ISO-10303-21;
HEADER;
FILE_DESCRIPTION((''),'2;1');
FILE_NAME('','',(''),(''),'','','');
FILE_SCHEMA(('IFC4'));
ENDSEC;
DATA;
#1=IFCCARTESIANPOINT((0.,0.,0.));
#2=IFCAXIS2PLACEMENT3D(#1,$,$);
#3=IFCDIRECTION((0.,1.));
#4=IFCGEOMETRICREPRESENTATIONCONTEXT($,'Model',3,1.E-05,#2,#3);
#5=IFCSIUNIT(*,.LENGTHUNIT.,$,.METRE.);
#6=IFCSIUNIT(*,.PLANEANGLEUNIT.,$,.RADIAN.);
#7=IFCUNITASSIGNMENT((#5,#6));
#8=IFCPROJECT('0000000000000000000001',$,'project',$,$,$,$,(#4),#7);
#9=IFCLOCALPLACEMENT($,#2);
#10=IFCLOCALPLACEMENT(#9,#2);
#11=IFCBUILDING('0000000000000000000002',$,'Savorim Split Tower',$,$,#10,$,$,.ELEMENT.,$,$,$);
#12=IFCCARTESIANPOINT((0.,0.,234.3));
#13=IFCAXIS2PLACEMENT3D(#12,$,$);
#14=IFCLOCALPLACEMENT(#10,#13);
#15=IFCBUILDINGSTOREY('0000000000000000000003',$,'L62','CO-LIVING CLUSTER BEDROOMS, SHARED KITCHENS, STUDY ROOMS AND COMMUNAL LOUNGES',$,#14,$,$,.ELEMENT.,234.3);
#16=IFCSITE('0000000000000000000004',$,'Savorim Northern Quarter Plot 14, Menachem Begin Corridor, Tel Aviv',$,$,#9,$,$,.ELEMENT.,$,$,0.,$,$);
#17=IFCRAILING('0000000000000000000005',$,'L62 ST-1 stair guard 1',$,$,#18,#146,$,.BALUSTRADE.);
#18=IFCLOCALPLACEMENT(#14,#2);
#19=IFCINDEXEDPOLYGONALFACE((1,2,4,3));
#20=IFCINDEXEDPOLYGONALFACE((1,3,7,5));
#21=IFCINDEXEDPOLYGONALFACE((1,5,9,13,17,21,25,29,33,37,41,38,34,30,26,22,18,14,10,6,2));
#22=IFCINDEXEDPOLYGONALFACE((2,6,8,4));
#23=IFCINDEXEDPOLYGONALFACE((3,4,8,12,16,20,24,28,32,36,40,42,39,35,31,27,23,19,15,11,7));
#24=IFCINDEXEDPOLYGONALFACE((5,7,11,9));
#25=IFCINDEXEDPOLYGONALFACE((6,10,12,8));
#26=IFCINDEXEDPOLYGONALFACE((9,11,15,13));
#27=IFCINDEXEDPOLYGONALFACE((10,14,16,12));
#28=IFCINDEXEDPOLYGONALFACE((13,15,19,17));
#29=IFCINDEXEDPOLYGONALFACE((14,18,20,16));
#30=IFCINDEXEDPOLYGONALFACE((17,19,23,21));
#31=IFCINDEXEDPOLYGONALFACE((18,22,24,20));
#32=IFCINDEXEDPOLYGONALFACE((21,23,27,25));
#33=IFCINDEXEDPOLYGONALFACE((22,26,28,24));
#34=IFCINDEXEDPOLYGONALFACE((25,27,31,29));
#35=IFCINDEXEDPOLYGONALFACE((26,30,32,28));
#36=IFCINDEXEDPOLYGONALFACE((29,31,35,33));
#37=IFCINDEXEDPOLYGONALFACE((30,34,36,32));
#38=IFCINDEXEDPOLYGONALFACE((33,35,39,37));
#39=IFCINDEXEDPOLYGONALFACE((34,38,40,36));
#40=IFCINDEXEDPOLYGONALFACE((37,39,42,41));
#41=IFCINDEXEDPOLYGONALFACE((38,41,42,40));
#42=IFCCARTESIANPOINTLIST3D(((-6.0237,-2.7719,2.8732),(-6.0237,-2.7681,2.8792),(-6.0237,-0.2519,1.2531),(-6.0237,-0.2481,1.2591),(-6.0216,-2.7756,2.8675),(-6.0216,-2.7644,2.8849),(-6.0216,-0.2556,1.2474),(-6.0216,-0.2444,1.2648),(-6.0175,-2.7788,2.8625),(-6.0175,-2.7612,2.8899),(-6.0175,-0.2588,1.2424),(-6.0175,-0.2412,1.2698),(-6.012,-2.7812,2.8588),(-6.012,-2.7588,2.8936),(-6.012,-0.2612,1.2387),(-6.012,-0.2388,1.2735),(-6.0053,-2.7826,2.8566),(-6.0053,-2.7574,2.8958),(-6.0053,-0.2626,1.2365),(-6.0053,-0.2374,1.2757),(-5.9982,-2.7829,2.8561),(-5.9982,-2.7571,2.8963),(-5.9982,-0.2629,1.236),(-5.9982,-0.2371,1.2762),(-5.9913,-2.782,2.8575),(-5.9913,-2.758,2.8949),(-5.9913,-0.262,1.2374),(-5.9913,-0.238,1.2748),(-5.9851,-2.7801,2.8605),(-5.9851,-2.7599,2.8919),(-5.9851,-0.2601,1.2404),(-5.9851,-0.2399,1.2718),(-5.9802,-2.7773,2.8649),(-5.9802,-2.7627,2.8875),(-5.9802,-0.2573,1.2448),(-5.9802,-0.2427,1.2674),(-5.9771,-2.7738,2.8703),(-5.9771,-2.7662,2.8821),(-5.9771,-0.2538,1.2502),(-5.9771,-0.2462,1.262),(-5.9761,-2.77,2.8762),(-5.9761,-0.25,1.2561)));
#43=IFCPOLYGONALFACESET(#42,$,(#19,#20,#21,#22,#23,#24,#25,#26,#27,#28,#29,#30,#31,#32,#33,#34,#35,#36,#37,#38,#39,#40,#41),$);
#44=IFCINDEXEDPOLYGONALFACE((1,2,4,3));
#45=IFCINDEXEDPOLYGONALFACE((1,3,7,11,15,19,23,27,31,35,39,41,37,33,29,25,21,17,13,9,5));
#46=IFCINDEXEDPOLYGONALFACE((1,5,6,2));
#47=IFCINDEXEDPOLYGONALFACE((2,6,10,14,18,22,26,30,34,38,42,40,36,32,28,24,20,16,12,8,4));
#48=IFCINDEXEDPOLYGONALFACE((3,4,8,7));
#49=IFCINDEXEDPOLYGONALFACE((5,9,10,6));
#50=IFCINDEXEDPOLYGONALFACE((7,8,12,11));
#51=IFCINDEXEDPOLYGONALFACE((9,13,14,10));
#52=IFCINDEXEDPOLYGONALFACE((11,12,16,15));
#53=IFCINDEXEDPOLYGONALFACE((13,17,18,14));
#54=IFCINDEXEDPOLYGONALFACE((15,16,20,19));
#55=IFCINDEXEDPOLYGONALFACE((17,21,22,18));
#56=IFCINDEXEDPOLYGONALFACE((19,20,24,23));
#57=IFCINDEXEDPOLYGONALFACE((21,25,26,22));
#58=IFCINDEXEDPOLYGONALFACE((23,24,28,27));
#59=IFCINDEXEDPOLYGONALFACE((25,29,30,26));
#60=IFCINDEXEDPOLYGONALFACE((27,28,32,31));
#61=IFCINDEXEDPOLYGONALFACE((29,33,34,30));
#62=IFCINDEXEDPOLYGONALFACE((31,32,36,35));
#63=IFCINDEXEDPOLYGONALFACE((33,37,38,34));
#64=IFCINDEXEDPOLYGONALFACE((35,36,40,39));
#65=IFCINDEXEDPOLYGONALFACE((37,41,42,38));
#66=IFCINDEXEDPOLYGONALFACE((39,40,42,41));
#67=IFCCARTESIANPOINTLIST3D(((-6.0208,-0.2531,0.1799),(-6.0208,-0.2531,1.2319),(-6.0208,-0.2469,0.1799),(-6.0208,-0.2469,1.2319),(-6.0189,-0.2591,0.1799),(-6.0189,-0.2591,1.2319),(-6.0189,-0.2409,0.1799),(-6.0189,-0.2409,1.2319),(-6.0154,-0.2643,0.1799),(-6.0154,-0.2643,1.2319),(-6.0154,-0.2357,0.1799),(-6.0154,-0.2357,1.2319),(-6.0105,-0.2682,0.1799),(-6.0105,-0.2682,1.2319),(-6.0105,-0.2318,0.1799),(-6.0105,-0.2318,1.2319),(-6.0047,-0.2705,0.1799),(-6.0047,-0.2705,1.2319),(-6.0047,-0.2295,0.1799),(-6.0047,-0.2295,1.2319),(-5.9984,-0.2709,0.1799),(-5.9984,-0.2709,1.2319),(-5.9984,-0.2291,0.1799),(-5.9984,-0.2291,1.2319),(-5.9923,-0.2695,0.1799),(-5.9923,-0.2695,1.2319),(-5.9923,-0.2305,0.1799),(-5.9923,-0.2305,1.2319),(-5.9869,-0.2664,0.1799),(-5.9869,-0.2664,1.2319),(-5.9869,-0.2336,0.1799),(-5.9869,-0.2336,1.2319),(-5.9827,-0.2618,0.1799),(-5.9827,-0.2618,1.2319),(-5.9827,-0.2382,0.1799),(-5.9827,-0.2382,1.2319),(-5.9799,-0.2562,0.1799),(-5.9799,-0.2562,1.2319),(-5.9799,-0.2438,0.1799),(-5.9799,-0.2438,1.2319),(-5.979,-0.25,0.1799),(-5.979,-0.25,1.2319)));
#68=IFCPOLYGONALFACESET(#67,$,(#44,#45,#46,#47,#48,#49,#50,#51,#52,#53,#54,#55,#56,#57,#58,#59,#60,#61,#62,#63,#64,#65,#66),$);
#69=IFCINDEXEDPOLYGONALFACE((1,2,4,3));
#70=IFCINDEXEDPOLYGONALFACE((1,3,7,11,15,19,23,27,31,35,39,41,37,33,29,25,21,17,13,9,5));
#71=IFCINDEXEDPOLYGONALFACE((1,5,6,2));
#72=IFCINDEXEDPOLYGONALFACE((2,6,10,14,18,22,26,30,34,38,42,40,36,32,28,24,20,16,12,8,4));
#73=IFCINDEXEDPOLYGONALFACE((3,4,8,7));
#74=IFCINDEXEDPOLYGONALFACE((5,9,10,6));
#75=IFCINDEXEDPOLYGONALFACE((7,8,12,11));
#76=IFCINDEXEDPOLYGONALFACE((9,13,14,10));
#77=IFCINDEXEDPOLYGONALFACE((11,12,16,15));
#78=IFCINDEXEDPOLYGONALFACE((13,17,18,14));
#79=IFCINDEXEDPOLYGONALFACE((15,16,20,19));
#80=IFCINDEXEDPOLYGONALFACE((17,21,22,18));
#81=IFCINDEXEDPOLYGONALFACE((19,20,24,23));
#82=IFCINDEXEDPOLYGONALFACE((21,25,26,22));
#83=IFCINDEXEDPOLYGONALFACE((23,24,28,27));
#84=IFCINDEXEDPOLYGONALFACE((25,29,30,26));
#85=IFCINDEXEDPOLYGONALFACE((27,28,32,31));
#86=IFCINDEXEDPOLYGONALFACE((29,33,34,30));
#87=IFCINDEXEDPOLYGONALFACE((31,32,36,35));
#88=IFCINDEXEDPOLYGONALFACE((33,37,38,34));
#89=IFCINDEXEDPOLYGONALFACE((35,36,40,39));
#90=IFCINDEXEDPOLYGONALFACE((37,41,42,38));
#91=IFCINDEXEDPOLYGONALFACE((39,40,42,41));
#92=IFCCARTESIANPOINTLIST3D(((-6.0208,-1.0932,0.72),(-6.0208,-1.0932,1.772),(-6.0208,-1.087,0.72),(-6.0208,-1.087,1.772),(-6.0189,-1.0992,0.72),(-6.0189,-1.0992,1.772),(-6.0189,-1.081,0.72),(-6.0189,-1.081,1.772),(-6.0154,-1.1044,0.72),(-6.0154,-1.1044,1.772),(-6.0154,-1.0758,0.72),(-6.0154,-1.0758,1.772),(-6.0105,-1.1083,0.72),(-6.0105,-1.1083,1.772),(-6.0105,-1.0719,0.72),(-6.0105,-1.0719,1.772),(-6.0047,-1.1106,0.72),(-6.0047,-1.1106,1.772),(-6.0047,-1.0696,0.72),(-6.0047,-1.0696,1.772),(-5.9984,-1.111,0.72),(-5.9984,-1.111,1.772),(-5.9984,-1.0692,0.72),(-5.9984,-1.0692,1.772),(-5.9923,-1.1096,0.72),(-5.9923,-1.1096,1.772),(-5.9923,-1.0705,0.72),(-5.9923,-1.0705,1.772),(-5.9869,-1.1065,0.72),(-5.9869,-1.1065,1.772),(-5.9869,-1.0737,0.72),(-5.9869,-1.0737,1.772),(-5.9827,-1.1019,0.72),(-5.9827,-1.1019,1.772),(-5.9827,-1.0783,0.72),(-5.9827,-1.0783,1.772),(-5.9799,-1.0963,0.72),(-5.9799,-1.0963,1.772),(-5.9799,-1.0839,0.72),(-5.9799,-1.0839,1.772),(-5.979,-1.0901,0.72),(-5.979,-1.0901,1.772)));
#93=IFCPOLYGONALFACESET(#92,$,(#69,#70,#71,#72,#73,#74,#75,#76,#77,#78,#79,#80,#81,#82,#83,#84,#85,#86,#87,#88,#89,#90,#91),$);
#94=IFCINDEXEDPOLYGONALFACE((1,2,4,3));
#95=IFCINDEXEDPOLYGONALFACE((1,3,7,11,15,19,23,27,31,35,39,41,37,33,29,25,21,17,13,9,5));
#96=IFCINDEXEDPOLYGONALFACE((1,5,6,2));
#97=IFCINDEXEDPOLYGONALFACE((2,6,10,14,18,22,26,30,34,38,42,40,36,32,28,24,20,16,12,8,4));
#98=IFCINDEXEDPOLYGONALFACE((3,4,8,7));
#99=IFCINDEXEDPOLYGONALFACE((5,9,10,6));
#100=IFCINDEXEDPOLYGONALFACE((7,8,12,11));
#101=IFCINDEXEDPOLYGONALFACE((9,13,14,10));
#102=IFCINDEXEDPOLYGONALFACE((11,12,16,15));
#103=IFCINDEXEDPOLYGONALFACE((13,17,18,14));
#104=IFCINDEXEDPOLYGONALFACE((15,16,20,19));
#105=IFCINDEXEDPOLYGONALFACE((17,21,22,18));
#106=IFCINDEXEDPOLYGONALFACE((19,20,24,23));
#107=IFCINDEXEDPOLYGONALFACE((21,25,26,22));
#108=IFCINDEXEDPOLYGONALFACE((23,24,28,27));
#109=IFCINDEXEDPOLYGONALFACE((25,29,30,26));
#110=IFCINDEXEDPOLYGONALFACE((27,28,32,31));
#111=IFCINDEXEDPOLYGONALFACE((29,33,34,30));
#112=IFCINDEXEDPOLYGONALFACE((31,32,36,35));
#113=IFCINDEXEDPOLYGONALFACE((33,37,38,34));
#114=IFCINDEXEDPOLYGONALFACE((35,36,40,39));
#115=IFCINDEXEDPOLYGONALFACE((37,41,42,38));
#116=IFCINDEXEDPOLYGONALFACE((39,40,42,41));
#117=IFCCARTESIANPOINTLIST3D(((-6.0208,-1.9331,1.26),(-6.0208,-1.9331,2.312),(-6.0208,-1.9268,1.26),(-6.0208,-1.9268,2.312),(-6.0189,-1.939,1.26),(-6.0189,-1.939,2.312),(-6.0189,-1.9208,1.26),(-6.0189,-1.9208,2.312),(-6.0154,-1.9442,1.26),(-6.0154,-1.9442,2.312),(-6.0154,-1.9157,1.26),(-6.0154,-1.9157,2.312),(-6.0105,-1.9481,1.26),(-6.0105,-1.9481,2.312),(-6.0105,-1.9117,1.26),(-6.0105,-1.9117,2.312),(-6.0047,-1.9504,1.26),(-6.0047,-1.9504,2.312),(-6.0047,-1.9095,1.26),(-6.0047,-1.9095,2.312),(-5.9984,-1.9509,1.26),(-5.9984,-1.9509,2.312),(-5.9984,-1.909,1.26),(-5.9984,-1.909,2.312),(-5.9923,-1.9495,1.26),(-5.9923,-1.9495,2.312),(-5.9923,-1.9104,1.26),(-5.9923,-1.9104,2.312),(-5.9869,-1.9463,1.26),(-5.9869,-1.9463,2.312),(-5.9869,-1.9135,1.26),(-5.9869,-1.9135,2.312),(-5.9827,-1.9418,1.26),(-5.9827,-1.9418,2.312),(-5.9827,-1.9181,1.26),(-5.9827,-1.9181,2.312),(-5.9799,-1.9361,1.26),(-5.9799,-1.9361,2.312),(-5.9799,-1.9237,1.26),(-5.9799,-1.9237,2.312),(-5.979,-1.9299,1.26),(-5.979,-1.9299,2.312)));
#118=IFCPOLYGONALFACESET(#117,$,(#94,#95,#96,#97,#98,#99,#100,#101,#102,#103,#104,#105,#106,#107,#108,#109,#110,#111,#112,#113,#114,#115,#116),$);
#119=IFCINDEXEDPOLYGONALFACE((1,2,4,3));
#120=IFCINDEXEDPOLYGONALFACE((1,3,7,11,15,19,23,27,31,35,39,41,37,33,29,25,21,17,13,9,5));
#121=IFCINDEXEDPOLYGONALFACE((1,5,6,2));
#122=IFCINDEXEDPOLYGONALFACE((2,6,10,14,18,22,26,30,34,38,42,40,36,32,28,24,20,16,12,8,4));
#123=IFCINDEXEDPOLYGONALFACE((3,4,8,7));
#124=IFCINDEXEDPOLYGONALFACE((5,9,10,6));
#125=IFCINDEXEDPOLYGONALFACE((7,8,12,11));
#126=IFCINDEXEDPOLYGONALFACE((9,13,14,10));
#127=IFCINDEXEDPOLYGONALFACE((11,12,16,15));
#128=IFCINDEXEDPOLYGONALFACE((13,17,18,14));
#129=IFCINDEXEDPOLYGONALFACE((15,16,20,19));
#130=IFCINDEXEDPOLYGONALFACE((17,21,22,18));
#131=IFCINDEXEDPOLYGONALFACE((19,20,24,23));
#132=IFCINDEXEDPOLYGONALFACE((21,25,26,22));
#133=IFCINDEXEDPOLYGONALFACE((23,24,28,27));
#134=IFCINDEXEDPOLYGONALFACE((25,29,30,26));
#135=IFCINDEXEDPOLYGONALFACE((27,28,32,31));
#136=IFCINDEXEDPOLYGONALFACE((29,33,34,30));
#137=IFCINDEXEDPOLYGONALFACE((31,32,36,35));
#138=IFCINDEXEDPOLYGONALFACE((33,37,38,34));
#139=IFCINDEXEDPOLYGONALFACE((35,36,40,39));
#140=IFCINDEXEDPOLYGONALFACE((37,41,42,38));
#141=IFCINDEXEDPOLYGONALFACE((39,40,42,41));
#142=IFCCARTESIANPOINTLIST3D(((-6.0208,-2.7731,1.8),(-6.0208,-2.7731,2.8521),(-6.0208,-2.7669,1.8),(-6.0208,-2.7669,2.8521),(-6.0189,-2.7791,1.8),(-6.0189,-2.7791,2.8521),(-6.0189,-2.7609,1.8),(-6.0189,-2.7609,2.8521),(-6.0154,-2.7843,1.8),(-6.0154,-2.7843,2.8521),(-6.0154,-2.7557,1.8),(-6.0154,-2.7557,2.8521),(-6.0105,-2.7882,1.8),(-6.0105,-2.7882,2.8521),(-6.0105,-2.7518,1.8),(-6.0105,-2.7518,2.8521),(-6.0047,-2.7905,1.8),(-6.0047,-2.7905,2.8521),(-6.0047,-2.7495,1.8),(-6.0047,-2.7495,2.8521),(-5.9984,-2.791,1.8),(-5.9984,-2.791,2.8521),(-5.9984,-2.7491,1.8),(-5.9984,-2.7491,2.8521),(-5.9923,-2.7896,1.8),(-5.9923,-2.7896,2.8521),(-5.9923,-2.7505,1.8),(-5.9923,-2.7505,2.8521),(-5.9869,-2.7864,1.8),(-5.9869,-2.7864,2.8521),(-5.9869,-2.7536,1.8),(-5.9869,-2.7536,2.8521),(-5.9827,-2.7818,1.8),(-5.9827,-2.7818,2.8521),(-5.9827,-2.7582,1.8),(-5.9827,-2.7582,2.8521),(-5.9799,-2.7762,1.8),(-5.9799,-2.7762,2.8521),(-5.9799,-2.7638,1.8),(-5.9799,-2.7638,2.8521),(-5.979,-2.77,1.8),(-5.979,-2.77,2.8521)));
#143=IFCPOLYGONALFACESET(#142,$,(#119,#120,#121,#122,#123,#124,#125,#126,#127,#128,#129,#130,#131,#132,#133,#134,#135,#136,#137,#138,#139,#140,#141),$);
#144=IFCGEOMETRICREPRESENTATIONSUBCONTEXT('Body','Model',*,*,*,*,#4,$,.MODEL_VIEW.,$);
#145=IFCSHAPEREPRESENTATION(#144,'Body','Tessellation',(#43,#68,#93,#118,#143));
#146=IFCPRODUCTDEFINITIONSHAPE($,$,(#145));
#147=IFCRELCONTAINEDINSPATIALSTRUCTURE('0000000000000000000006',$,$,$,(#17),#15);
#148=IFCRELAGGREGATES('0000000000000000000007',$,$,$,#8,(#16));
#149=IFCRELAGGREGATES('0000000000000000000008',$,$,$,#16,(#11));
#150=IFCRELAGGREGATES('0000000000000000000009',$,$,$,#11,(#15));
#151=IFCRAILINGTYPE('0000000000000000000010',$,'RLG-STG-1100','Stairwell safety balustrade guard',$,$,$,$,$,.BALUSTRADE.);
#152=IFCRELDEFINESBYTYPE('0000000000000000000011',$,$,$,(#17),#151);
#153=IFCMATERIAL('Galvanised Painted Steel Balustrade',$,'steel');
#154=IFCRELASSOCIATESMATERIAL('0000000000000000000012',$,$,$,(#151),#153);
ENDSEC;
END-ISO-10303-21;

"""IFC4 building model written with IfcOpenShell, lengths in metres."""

from ifc_helpers import new_model, si_unit, direction, frame, origin, origin_2d, place, context, subcontext, project, spatial, circle, extrude, material, type_object, element, save


model = new_model("IFC4")

# Units and contexts
model_context = context("Model", 3, precision=1e-05, world=origin(), true_north=direction((0.0, 1.0)))
body_context = subcontext(model_context, "Body", "Model", "MODEL_VIEW")
ifc_project = project(units=[si_unit("LENGTHUNIT", "METRE"), si_unit("PLANEANGLEUNIT", "RADIAN")], contexts=[model_context])

# Site, building, storey
site_placement = place(None, origin())
site = spatial("IfcSite", under=ifc_project, at=site_placement, Name="Savorim Northern Quarter Plot 14, Menachem Begin Corridor, Tel Aviv", CompositionType="ELEMENT", RefElevation=0.0)
building_placement = place(site_placement, origin())
building = spatial("IfcBuilding", under=site, at=building_placement, Name="Savorim Split Tower", CompositionType="ELEMENT")
storey_placement = place(building_placement, frame((0.0, 0.0, 234.3)))
storey = spatial("IfcBuildingStorey", under=building, at=storey_placement, Name="L62", Description="CO-LIVING CLUSTER BEDROOMS, SHARED KITCHENS, STUDY ROOMS AND COMMUNAL LOUNGES", CompositionType="ELEMENT", Elevation=234.3)

# Railing
ifc_material_1 = material(Name="Galvanised Painted Steel Balustrade", Category="steel")
railing_type_1 = type_object("IfcRailingType", Name="RLG-STG-1100", Description="Stairwell safety balustrade guard", PredefinedType="BALUSTRADE", material=ifc_material_1)
railing_1_placement = place(storey_placement, frame((-6.0, -0.25, 0.1799)))
element("IfcRailing", 1, at=railing_1_placement, inside=storey, type_object=railing_type_1, Name="L62 ST-1 stair guard 1", PredefinedType="BALUSTRADE", context=body_context, shape_type="SweptSolid", body=[
    extrude(circle(Radius=0.0239, at=origin_2d()), frame((0.0, 0.0, 1.0762), z_axis=(0.0, -0.841163, 0.540782), x_axis=(1.0, 0.0, 0.0)), (0.0, 0.0, 1.0), 2.9958),
    extrude(circle(Radius=0.021, at=origin_2d()), origin(), (0.0, 0.0, 1.0), 1.052),
    extrude(circle(Radius=0.021, at=origin_2d()), frame((0.0, -0.8401, 0.54)), (0.0, 0.0, 1.0), 1.052),
    extrude(circle(Radius=0.021, at=origin_2d()), frame((0.0, -1.6799, 1.0801)), (0.0, 0.0, 1.0), 1.052),
    extrude(circle(Radius=0.021, at=origin_2d()), frame((0.0, -2.52, 1.6201)), (0.0, 0.0, 1.0), 1.052),
])

save(model, "model.ifc")
